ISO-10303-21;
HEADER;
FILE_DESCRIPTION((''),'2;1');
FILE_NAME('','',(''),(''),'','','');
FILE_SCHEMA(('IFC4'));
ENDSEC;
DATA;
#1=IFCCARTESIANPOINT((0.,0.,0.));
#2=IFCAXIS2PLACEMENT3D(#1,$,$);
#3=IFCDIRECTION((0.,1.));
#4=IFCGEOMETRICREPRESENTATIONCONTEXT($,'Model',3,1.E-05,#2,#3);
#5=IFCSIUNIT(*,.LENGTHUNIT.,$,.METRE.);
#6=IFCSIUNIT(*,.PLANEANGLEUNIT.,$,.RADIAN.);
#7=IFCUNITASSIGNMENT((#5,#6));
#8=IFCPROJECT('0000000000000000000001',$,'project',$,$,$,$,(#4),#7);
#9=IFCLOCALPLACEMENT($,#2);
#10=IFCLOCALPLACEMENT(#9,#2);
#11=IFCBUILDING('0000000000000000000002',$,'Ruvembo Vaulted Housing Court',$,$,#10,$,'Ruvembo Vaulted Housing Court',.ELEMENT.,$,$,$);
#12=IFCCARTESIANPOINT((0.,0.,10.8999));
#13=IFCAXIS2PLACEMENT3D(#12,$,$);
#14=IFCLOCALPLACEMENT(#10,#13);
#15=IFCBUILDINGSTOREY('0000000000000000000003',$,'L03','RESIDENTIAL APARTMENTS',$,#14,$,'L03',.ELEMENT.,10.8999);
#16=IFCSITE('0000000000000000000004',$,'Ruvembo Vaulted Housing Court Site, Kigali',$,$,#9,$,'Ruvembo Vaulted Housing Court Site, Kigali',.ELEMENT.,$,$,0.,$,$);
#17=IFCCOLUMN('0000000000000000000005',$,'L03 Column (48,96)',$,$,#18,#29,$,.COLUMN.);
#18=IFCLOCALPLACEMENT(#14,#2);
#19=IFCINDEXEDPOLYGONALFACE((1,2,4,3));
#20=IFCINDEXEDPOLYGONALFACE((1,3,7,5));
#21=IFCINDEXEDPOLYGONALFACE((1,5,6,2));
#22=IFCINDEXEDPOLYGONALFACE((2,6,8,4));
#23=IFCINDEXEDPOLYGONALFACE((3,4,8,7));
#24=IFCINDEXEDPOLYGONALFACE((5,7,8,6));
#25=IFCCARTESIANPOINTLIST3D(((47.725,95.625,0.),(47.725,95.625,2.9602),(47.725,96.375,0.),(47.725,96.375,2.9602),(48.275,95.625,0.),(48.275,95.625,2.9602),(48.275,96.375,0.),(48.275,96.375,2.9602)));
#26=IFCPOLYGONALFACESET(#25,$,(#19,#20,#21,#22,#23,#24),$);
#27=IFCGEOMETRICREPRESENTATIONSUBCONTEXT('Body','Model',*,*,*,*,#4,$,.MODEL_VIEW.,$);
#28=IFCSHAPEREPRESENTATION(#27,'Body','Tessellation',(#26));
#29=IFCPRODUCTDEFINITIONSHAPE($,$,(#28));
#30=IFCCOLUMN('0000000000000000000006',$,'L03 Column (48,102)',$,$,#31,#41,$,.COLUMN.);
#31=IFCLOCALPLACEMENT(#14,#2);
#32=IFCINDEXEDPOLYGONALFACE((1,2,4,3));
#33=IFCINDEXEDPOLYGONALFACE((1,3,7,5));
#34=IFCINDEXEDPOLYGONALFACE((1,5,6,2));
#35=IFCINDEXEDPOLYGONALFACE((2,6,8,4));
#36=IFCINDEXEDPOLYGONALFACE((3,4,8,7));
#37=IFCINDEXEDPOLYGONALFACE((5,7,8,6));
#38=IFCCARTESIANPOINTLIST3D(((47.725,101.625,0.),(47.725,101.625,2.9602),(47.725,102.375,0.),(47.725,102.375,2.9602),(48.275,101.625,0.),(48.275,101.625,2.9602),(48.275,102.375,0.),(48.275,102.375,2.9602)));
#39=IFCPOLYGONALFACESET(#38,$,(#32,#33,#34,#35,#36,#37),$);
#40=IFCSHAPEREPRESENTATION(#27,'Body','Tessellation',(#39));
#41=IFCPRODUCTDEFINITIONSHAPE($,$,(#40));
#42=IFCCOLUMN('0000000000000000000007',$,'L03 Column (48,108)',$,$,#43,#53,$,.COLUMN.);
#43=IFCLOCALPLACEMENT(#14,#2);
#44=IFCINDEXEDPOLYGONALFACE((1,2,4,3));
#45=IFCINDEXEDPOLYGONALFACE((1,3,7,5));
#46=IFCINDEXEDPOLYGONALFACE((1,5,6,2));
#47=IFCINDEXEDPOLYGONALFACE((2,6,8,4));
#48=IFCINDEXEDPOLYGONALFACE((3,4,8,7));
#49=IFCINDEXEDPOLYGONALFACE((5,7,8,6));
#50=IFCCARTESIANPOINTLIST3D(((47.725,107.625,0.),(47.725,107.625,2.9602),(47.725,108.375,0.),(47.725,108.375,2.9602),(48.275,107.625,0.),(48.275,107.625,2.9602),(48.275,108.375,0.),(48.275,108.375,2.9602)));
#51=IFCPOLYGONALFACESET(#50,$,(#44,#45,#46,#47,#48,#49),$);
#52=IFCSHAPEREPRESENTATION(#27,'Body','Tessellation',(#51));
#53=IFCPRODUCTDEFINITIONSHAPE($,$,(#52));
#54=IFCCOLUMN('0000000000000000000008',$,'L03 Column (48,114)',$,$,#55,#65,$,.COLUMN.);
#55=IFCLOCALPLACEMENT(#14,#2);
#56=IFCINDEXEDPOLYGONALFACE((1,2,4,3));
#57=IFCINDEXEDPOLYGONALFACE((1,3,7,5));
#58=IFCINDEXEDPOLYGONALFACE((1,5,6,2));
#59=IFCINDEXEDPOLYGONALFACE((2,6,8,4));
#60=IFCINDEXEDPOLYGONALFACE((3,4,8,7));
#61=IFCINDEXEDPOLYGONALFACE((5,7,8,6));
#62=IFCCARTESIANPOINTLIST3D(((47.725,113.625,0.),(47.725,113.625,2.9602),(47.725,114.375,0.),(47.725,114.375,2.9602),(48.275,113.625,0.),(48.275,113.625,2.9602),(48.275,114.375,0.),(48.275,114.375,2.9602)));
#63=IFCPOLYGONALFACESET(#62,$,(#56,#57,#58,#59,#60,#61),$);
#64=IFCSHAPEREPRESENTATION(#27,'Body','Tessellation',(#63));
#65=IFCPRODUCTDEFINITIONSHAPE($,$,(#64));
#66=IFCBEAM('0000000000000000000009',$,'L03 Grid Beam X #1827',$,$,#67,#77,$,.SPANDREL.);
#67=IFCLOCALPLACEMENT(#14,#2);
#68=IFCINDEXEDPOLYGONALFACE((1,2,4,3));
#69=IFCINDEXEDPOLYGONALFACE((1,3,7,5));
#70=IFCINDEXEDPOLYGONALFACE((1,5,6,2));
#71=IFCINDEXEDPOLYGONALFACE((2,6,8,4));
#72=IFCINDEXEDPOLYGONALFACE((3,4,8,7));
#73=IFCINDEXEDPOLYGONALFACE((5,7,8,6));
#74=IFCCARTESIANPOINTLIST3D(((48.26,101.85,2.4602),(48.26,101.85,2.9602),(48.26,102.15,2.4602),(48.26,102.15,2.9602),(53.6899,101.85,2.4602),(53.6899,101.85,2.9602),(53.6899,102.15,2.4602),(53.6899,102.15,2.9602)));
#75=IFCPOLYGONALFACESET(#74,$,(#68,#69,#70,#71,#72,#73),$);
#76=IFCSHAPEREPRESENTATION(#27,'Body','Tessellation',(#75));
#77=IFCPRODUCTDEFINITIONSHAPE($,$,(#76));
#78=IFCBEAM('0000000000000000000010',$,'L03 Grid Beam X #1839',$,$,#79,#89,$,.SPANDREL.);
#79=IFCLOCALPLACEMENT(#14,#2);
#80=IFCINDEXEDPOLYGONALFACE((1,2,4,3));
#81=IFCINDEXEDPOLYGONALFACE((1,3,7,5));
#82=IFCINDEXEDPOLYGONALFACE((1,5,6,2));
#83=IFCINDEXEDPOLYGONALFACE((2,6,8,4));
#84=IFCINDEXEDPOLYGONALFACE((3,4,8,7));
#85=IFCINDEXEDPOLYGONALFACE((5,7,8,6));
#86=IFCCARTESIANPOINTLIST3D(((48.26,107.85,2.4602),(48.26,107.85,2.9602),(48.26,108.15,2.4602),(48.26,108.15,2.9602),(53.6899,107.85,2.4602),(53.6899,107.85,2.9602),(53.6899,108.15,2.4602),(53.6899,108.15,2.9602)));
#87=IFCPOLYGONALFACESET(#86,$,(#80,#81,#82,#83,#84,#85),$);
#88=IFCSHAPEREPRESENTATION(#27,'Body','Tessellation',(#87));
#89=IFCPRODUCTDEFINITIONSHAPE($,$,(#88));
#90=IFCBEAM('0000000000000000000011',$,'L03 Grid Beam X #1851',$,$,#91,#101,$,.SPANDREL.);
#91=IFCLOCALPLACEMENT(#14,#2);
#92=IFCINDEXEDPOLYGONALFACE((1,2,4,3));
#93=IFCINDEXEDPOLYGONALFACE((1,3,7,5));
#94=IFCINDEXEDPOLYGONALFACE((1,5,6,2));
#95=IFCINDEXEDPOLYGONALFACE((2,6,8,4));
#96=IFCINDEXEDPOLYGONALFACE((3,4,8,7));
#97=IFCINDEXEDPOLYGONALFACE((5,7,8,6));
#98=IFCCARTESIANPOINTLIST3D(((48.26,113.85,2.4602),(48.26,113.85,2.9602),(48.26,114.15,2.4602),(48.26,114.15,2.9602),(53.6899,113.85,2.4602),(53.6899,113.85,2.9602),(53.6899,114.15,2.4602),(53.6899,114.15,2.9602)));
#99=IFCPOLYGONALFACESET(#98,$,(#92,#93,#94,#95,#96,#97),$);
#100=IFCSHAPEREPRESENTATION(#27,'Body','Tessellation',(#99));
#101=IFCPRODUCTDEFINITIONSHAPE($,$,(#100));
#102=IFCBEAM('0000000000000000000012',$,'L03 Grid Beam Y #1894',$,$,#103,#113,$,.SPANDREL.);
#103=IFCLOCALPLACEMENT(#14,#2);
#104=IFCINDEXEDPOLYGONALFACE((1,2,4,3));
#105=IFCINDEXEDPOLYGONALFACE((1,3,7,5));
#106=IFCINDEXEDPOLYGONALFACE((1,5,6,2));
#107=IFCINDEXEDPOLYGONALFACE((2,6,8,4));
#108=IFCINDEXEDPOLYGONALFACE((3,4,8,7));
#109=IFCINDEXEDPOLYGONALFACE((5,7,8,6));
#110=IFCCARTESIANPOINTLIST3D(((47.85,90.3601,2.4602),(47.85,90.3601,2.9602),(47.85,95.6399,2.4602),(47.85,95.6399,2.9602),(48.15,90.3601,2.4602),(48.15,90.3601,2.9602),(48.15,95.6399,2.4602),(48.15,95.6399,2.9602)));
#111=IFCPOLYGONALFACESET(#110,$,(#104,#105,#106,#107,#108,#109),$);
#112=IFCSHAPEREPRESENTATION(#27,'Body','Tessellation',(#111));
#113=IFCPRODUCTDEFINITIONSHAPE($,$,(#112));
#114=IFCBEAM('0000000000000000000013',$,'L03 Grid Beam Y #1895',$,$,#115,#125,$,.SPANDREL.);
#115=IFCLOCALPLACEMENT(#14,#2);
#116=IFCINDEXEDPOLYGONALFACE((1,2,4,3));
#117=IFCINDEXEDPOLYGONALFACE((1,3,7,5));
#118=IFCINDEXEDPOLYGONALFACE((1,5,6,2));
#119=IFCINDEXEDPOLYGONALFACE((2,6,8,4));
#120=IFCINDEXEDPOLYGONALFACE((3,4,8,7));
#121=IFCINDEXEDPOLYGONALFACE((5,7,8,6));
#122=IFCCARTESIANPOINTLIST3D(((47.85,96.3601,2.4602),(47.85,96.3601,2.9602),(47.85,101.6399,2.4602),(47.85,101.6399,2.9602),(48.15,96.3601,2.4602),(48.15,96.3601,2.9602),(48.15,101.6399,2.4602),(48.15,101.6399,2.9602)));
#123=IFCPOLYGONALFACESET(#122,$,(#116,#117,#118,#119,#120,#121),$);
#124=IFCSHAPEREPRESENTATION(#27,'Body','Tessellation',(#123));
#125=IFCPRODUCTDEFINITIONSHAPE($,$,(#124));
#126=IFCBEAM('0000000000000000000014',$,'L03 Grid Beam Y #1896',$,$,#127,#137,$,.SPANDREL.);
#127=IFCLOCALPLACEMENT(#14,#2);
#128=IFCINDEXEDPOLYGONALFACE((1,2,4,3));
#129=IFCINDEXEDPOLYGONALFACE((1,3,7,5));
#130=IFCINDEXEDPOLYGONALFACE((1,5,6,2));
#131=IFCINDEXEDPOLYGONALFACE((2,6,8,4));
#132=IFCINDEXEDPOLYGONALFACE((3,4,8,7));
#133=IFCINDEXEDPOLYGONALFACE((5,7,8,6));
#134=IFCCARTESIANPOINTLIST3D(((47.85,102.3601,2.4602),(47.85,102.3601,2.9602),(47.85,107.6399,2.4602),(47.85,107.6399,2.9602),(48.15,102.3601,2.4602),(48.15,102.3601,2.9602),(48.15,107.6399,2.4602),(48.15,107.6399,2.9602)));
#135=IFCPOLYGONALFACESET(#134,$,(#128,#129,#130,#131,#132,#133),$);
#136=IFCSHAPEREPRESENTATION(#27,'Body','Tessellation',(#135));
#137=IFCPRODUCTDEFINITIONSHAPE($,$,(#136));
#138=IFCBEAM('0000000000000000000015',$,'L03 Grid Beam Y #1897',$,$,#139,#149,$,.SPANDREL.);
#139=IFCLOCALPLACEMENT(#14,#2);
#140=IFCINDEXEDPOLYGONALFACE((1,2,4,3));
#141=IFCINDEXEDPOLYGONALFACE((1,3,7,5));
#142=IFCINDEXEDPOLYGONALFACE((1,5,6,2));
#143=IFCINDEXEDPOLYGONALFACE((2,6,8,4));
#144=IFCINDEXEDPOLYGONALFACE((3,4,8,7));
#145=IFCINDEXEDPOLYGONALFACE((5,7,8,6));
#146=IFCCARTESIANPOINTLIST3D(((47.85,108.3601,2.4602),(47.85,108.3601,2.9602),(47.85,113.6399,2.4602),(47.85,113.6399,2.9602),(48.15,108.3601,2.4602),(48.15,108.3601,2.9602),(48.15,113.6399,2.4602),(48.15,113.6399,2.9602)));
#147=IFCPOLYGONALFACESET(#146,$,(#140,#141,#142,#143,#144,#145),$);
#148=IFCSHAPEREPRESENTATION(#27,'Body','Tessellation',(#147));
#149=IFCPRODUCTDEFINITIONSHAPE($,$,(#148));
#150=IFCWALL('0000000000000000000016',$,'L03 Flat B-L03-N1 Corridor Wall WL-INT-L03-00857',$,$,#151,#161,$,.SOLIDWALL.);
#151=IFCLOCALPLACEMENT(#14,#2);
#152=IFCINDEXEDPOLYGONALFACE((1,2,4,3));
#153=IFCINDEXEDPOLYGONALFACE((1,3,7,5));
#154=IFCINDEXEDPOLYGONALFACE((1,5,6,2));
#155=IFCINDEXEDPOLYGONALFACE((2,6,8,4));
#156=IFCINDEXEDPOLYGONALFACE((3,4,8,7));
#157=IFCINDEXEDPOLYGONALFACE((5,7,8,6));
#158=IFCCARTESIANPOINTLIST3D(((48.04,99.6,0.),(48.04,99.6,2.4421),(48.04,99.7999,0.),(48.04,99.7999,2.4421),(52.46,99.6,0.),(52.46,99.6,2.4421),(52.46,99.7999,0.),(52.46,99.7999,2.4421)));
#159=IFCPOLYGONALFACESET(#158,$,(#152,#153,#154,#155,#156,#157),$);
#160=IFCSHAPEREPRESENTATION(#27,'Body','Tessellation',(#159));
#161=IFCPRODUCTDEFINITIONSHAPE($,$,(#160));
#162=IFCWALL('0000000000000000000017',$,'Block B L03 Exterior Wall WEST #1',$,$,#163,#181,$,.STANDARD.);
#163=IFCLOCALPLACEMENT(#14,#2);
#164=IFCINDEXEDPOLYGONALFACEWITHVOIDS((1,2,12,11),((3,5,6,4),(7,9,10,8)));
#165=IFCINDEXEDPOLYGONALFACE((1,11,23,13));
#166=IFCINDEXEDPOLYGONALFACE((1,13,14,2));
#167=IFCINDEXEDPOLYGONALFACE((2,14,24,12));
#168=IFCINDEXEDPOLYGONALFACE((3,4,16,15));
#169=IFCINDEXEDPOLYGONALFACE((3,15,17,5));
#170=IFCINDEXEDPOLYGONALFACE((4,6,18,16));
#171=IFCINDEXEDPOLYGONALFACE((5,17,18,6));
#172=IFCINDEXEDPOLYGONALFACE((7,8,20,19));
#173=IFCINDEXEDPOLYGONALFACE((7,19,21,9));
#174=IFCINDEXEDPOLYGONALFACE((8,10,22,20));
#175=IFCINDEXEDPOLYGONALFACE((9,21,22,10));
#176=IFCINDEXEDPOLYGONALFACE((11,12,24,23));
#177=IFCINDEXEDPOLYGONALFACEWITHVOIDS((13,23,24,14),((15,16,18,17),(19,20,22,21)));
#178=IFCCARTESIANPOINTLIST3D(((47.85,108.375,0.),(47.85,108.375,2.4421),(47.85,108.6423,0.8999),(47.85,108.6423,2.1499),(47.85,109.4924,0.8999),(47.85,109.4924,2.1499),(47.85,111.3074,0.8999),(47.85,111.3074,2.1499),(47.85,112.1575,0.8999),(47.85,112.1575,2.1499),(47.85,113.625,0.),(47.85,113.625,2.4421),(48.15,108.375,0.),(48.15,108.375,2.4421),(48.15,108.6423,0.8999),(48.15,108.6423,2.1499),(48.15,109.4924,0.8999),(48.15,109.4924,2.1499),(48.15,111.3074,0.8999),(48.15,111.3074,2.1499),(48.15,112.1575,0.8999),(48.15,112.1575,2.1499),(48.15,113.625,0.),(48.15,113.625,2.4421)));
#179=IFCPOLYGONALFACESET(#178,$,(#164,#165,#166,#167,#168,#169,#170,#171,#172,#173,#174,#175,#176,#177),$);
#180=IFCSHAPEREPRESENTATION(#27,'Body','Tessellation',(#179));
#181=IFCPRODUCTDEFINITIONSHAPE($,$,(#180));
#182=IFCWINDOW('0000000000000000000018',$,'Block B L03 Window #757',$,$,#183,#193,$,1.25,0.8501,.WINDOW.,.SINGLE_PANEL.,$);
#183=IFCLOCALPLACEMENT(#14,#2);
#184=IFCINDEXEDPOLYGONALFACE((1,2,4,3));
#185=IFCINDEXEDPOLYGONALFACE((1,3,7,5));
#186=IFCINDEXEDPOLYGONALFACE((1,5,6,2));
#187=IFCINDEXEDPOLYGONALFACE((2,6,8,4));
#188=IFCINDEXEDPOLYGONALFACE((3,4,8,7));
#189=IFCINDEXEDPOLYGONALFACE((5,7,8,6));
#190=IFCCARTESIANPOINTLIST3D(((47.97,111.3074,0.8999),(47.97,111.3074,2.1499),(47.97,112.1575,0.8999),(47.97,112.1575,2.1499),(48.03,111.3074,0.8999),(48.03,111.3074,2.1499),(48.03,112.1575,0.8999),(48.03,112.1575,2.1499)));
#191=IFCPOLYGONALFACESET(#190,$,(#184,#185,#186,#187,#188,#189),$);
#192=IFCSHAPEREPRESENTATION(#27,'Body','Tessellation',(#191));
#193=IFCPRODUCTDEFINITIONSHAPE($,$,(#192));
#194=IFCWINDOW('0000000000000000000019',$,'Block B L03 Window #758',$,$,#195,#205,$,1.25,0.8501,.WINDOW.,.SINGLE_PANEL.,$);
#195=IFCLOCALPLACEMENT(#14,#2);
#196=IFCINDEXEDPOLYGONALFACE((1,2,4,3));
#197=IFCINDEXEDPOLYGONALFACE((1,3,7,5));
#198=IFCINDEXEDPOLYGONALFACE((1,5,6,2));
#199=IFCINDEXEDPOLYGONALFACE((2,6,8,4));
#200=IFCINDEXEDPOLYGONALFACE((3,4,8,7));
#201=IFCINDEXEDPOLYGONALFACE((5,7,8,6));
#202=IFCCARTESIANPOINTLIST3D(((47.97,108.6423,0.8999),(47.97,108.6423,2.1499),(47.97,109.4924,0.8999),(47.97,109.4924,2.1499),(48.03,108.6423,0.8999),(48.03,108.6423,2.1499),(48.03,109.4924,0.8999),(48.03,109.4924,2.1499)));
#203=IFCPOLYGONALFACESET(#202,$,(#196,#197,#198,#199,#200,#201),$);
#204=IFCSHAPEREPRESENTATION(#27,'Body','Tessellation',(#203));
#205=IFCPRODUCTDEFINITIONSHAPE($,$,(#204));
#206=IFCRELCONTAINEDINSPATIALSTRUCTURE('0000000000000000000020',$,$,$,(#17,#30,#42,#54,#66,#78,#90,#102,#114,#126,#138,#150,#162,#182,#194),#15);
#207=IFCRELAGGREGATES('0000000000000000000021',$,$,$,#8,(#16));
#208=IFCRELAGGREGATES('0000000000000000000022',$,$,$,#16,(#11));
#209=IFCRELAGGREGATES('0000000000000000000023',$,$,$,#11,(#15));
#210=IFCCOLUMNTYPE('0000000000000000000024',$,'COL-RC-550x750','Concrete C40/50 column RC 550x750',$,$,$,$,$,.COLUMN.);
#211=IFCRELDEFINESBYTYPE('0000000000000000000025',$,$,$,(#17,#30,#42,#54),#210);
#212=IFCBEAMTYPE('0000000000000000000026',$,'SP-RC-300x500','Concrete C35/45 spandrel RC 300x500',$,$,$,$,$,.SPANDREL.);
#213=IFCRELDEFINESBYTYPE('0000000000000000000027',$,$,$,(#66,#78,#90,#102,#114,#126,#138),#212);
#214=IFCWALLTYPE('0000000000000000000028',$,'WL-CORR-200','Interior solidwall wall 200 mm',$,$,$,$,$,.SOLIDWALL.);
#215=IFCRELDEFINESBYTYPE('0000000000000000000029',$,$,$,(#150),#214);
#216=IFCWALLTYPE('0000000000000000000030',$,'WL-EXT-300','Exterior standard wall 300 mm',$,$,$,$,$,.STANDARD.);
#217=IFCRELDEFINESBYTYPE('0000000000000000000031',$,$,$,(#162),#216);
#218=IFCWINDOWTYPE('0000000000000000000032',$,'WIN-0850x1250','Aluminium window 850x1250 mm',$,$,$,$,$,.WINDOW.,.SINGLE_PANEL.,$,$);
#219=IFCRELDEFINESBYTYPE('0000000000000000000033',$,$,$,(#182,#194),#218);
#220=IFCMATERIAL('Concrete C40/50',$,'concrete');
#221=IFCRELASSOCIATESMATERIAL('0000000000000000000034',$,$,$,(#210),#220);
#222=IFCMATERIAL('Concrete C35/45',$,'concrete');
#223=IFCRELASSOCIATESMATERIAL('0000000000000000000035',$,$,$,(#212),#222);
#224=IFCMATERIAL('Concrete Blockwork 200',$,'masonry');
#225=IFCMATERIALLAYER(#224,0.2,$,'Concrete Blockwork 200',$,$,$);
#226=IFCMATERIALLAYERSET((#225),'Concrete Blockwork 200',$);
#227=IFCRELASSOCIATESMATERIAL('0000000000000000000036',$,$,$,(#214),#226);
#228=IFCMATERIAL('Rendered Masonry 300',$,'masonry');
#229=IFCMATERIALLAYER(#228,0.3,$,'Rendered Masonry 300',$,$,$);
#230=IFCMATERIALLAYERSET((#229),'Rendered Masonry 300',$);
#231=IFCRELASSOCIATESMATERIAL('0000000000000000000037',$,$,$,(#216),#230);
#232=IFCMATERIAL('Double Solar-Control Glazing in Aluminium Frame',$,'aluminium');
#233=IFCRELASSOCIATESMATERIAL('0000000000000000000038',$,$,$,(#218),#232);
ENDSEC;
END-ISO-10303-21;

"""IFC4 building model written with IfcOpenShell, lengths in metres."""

from ifc_helpers import new_model, si_unit, direction, frame, frame_2d, origin, origin_2d, place, context, subcontext, project, spatial, rectangle, extrude, material, layer, layer_set, material_profile, profile_set, type_object, element, fill, save


model = new_model("IFC4")

# Units and contexts
model_context = context("Model", 3, precision=1e-05, world=origin(), true_north=direction((0.0, 1.0)))
body_context = subcontext(model_context, "Body", "Model", "MODEL_VIEW")
ifc_project = project(units=[si_unit("LENGTHUNIT", "METRE"), si_unit("PLANEANGLEUNIT", "RADIAN")], contexts=[model_context])

# Site, building, storey
site_placement = place(None, origin())
site = spatial("IfcSite", under=ifc_project, at=site_placement, Name="Ruvembo Vaulted Housing Court Site, Kigali", LongName="Ruvembo Vaulted Housing Court Site, Kigali", CompositionType="ELEMENT", RefElevation=0.0)
building_placement = place(site_placement, origin())
building = spatial("IfcBuilding", under=site, at=building_placement, Name="Ruvembo Vaulted Housing Court", LongName="Ruvembo Vaulted Housing Court", CompositionType="ELEMENT")
storey_placement = place(building_placement, frame((0.0, 0.0, 10.8999)))
storey = spatial("IfcBuildingStorey", under=building, at=storey_placement, Name="L03", Description="RESIDENTIAL APARTMENTS", LongName="L03", CompositionType="ELEMENT", Elevation=10.8999)

# Columns
ifc_material_1 = material(Name="Concrete C40/50", Category="concrete")
ifc_material_profile_1 = material_profile(ifc_material_1, rectangle(XDim=0.55, YDim=0.75, at=origin_2d()), Name="RC 550x750")
ifc_profile_set_1 = profile_set([ifc_material_profile_1], Name="Concrete C40/50")
column_type = type_object("IfcColumnType", Name="COL-RC-550x750", Description="Concrete C40/50 column RC 550x750", PredefinedType="COLUMN", material=ifc_profile_set_1)
for number, where, z_axis, x_axis, name in (
    (1, (48.0, 96.0, 0.0), (0.0, 0.0, 1.0), (1.0, 0.0, 0.0), "L03 Column (48,96)"),
    (2, (48.0, 102.0, 0.0), (0.0, 0.0, 1.0), (1.0, 0.0, 0.0), "L03 Column (48,102)"),
    (3, (48.0, 108.0, 0.0), (0.0, 0.0, 1.0), (1.0, 0.0, 0.0), "L03 Column (48,108)"),
    (4, (48.0, 114.0, 0.0), (0.0, 0.0, 1.0), (1.0, 0.0, 0.0), "L03 Column (48,114)"),
):
    element("IfcColumn", number, at=place(storey_placement, frame(where, z_axis=z_axis, x_axis=x_axis)), inside=storey, type_object=column_type, Name=name, PredefinedType="COLUMN", context=body_context, shape_type="SweptSolid", body=[
        extrude(rectangle(XDim=0.55, YDim=0.75, at=origin_2d()), origin(), (0.0, 0.0, 1.0), 2.9602),
    ])

# Beams
ifc_material_2 = material(Name="Concrete C35/45", Category="concrete")
ifc_material_profile_2 = material_profile(ifc_material_2, rectangle(XDim=0.3, YDim=0.5, at=origin_2d()), Name="RC 300x500")
ifc_profile_set_2 = profile_set([ifc_material_profile_2], Name="Concrete C35/45")
beam_type = type_object("IfcBeamType", Name="SP-RC-300x500", Description="Concrete C35/45 spandrel RC 300x500", PredefinedType="SPANDREL", material=ifc_profile_set_2)
for number, where, z_axis, x_axis, name in (
    (5, (48.26, 102.0, 2.7102), (1.0, 0.0, 0.0), (0.0, 1.0, 0.0), "L03 Grid Beam X #1827"),
    (6, (48.26, 108.0, 2.7102), (1.0, 0.0, 0.0), (0.0, 1.0, 0.0), "L03 Grid Beam X #1839"),
    (7, (48.26, 114.0, 2.7102), (1.0, 0.0, 0.0), (0.0, 1.0, 0.0), "L03 Grid Beam X #1851"),
):
    element("IfcBeam", number, at=place(storey_placement, frame(where, z_axis=z_axis, x_axis=x_axis)), inside=storey, type_object=beam_type, Name=name, PredefinedType="SPANDREL", context=body_context, shape_type="SweptSolid", body=[
        extrude(rectangle(XDim=0.3, YDim=0.5, at=origin_2d()), origin(), (0.0, 0.0, 1.0), 5.4299),
    ])
for number, where, z_axis, x_axis, name in (
    (8, (48.0, 90.3601, 2.7102), (0.0, 1.0, 0.0), (-1.0, 0.0, 0.0), "L03 Grid Beam Y #1894"),
    (9, (48.0, 96.3601, 2.7102), (0.0, 1.0, 0.0), (-1.0, 0.0, 0.0), "L03 Grid Beam Y #1895"),
    (10, (48.0, 102.3601, 2.7102), (0.0, 1.0, 0.0), (-1.0, 0.0, 0.0), "L03 Grid Beam Y #1896"),
    (11, (48.0, 108.3601, 2.7102), (0.0, 1.0, 0.0), (-1.0, 0.0, 0.0), "L03 Grid Beam Y #1897"),
):
    element("IfcBeam", number, at=place(storey_placement, frame(where, z_axis=z_axis, x_axis=x_axis)), inside=storey, type_object=beam_type, Name=name, PredefinedType="SPANDREL", context=body_context, shape_type="SweptSolid", body=[
        extrude(rectangle(XDim=0.3, YDim=0.5, at=origin_2d()), origin(), (0.0, 0.0, 1.0), 5.2798),
    ])

# Wall
ifc_material_3 = material(Name="Concrete Blockwork 200", Category="masonry")
ifc_layer_1 = layer(ifc_material_3, 0.2, Name="Concrete Blockwork 200")
ifc_layer_set_1 = layer_set([ifc_layer_1], Name="Concrete Blockwork 200")
wall_type_1 = type_object("IfcWallType", Name="WL-CORR-200", Description="Interior solidwall wall 200 mm", PredefinedType="SOLIDWALL", material=ifc_layer_set_1)
wall_1_placement = place(storey_placement, frame((48.04, 99.7, 0.0), z_axis=(0.0, 0.0, 1.0), x_axis=(1.0, 0.0, 0.0)))
element("IfcWall", 12, at=wall_1_placement, inside=storey, type_object=wall_type_1, Name="L03 Flat B-L03-N1 Corridor Wall WL-INT-L03-00857", PredefinedType="SOLIDWALL", context=body_context, shape_type="SweptSolid", body=[
    extrude(rectangle(XDim=4.4199, YDim=0.2, at=frame_2d((2.21, 0.0))), origin(), (0.0, 0.0, 1.0), 2.4421),
])

# Wall, openings, windows
ifc_material_4 = material(Name="Rendered Masonry 300", Category="masonry")
ifc_layer_2 = layer(ifc_material_4, 0.3, Name="Rendered Masonry 300")
ifc_layer_set_2 = layer_set([ifc_layer_2], Name="Rendered Masonry 300")
wall_type_2 = type_object("IfcWallType", Name="WL-EXT-300", Description="Exterior standard wall 300 mm", PredefinedType="STANDARD", material=ifc_layer_set_2)
wall_2_placement = place(storey_placement, frame((48.0, 113.625, 0.0), z_axis=(0.0, 0.0, 1.0), x_axis=(0.0, -1.0, 0.0)))
wall_2 = element("IfcWall", 13, at=wall_2_placement, inside=storey, type_object=wall_type_2, Name="Block B L03 Exterior Wall WEST #1", PredefinedType="STANDARD", context=body_context, shape_type="SweptSolid", body=[
    extrude(rectangle(XDim=5.25, YDim=0.3, at=frame_2d((2.625, 0.0))), origin(), (0.0, 0.0, 1.0), 2.4421),
])
opening_1_placement = place(wall_2_placement, frame((1.4675, 0.0, 0.8999)))
opening_1 = element("IfcOpeningElement", 14, at=opening_1_placement, cuts=wall_2, PredefinedType="OPENING", context=body_context, shape_type="SweptSolid", body=[
    extrude(rectangle(XDim=0.8501, YDim=1.25, at=frame_2d((0.425, 0.625))), frame((0.0, 0.1599, 0.0), z_axis=(0.0, -1.0, 0.0), x_axis=(1.0, 0.0, 0.0)), (0.0, 0.0, 1.0), 0.3201),
])
opening_2_placement = place(wall_2_placement, frame((4.1326, 0.0, 0.8999)))
opening_2 = element("IfcOpeningElement", 15, at=opening_2_placement, cuts=wall_2, PredefinedType="OPENING", context=body_context, shape_type="SweptSolid", body=[
    extrude(rectangle(XDim=0.8501, YDim=1.25, at=frame_2d((0.425, 0.625))), frame((0.0, 0.1599, 0.0), z_axis=(0.0, -1.0, 0.0), x_axis=(1.0, 0.0, 0.0)), (0.0, 0.0, 1.0), 0.3201),
])
ifc_material_5 = material(Name="Double Solar-Control Glazing in Aluminium Frame", Category="aluminium")
window_type_1 = type_object("IfcWindowType", Name="WIN-0850x1250", Description="Aluminium window 850x1250 mm", PartitioningType="SINGLE_PANEL", PredefinedType="WINDOW", material=ifc_material_5)
window_1_placement = place(opening_1_placement, origin())
window_1 = element("IfcWindow", 16, at=window_1_placement, inside=storey, type_object=window_type_1, Name="Block B L03 Window #757", OverallHeight=1.25, OverallWidth=0.8501, PartitioningType="SINGLE_PANEL", PredefinedType="WINDOW", context=body_context, shape_type="SweptSolid", body=[
    extrude(rectangle(XDim=0.8501, YDim=1.25, at=frame_2d((0.425, 0.625))), frame((0.0, 0.03, 0.0), z_axis=(0.0, -1.0, 0.0), x_axis=(1.0, 0.0, 0.0)), (0.0, 0.0, 1.0), 0.0601),
])
fill(opening_1, window_1)
window_2_placement = place(opening_2_placement, origin())
window_2 = element("IfcWindow", 17, at=window_2_placement, inside=storey, type_object=window_type_1, Name="Block B L03 Window #758", OverallHeight=1.25, OverallWidth=0.8501, PartitioningType="SINGLE_PANEL", PredefinedType="WINDOW", context=body_context, shape_type="SweptSolid", body=[
    extrude(rectangle(XDim=0.8501, YDim=1.25, at=frame_2d((0.425, 0.625))), frame((0.0, 0.03, 0.0), z_axis=(0.0, -1.0, 0.0), x_axis=(1.0, 0.0, 0.0)), (0.0, 0.0, 1.0), 0.0601),
])
fill(opening_2, window_2)

save(model, "model.ifc")
